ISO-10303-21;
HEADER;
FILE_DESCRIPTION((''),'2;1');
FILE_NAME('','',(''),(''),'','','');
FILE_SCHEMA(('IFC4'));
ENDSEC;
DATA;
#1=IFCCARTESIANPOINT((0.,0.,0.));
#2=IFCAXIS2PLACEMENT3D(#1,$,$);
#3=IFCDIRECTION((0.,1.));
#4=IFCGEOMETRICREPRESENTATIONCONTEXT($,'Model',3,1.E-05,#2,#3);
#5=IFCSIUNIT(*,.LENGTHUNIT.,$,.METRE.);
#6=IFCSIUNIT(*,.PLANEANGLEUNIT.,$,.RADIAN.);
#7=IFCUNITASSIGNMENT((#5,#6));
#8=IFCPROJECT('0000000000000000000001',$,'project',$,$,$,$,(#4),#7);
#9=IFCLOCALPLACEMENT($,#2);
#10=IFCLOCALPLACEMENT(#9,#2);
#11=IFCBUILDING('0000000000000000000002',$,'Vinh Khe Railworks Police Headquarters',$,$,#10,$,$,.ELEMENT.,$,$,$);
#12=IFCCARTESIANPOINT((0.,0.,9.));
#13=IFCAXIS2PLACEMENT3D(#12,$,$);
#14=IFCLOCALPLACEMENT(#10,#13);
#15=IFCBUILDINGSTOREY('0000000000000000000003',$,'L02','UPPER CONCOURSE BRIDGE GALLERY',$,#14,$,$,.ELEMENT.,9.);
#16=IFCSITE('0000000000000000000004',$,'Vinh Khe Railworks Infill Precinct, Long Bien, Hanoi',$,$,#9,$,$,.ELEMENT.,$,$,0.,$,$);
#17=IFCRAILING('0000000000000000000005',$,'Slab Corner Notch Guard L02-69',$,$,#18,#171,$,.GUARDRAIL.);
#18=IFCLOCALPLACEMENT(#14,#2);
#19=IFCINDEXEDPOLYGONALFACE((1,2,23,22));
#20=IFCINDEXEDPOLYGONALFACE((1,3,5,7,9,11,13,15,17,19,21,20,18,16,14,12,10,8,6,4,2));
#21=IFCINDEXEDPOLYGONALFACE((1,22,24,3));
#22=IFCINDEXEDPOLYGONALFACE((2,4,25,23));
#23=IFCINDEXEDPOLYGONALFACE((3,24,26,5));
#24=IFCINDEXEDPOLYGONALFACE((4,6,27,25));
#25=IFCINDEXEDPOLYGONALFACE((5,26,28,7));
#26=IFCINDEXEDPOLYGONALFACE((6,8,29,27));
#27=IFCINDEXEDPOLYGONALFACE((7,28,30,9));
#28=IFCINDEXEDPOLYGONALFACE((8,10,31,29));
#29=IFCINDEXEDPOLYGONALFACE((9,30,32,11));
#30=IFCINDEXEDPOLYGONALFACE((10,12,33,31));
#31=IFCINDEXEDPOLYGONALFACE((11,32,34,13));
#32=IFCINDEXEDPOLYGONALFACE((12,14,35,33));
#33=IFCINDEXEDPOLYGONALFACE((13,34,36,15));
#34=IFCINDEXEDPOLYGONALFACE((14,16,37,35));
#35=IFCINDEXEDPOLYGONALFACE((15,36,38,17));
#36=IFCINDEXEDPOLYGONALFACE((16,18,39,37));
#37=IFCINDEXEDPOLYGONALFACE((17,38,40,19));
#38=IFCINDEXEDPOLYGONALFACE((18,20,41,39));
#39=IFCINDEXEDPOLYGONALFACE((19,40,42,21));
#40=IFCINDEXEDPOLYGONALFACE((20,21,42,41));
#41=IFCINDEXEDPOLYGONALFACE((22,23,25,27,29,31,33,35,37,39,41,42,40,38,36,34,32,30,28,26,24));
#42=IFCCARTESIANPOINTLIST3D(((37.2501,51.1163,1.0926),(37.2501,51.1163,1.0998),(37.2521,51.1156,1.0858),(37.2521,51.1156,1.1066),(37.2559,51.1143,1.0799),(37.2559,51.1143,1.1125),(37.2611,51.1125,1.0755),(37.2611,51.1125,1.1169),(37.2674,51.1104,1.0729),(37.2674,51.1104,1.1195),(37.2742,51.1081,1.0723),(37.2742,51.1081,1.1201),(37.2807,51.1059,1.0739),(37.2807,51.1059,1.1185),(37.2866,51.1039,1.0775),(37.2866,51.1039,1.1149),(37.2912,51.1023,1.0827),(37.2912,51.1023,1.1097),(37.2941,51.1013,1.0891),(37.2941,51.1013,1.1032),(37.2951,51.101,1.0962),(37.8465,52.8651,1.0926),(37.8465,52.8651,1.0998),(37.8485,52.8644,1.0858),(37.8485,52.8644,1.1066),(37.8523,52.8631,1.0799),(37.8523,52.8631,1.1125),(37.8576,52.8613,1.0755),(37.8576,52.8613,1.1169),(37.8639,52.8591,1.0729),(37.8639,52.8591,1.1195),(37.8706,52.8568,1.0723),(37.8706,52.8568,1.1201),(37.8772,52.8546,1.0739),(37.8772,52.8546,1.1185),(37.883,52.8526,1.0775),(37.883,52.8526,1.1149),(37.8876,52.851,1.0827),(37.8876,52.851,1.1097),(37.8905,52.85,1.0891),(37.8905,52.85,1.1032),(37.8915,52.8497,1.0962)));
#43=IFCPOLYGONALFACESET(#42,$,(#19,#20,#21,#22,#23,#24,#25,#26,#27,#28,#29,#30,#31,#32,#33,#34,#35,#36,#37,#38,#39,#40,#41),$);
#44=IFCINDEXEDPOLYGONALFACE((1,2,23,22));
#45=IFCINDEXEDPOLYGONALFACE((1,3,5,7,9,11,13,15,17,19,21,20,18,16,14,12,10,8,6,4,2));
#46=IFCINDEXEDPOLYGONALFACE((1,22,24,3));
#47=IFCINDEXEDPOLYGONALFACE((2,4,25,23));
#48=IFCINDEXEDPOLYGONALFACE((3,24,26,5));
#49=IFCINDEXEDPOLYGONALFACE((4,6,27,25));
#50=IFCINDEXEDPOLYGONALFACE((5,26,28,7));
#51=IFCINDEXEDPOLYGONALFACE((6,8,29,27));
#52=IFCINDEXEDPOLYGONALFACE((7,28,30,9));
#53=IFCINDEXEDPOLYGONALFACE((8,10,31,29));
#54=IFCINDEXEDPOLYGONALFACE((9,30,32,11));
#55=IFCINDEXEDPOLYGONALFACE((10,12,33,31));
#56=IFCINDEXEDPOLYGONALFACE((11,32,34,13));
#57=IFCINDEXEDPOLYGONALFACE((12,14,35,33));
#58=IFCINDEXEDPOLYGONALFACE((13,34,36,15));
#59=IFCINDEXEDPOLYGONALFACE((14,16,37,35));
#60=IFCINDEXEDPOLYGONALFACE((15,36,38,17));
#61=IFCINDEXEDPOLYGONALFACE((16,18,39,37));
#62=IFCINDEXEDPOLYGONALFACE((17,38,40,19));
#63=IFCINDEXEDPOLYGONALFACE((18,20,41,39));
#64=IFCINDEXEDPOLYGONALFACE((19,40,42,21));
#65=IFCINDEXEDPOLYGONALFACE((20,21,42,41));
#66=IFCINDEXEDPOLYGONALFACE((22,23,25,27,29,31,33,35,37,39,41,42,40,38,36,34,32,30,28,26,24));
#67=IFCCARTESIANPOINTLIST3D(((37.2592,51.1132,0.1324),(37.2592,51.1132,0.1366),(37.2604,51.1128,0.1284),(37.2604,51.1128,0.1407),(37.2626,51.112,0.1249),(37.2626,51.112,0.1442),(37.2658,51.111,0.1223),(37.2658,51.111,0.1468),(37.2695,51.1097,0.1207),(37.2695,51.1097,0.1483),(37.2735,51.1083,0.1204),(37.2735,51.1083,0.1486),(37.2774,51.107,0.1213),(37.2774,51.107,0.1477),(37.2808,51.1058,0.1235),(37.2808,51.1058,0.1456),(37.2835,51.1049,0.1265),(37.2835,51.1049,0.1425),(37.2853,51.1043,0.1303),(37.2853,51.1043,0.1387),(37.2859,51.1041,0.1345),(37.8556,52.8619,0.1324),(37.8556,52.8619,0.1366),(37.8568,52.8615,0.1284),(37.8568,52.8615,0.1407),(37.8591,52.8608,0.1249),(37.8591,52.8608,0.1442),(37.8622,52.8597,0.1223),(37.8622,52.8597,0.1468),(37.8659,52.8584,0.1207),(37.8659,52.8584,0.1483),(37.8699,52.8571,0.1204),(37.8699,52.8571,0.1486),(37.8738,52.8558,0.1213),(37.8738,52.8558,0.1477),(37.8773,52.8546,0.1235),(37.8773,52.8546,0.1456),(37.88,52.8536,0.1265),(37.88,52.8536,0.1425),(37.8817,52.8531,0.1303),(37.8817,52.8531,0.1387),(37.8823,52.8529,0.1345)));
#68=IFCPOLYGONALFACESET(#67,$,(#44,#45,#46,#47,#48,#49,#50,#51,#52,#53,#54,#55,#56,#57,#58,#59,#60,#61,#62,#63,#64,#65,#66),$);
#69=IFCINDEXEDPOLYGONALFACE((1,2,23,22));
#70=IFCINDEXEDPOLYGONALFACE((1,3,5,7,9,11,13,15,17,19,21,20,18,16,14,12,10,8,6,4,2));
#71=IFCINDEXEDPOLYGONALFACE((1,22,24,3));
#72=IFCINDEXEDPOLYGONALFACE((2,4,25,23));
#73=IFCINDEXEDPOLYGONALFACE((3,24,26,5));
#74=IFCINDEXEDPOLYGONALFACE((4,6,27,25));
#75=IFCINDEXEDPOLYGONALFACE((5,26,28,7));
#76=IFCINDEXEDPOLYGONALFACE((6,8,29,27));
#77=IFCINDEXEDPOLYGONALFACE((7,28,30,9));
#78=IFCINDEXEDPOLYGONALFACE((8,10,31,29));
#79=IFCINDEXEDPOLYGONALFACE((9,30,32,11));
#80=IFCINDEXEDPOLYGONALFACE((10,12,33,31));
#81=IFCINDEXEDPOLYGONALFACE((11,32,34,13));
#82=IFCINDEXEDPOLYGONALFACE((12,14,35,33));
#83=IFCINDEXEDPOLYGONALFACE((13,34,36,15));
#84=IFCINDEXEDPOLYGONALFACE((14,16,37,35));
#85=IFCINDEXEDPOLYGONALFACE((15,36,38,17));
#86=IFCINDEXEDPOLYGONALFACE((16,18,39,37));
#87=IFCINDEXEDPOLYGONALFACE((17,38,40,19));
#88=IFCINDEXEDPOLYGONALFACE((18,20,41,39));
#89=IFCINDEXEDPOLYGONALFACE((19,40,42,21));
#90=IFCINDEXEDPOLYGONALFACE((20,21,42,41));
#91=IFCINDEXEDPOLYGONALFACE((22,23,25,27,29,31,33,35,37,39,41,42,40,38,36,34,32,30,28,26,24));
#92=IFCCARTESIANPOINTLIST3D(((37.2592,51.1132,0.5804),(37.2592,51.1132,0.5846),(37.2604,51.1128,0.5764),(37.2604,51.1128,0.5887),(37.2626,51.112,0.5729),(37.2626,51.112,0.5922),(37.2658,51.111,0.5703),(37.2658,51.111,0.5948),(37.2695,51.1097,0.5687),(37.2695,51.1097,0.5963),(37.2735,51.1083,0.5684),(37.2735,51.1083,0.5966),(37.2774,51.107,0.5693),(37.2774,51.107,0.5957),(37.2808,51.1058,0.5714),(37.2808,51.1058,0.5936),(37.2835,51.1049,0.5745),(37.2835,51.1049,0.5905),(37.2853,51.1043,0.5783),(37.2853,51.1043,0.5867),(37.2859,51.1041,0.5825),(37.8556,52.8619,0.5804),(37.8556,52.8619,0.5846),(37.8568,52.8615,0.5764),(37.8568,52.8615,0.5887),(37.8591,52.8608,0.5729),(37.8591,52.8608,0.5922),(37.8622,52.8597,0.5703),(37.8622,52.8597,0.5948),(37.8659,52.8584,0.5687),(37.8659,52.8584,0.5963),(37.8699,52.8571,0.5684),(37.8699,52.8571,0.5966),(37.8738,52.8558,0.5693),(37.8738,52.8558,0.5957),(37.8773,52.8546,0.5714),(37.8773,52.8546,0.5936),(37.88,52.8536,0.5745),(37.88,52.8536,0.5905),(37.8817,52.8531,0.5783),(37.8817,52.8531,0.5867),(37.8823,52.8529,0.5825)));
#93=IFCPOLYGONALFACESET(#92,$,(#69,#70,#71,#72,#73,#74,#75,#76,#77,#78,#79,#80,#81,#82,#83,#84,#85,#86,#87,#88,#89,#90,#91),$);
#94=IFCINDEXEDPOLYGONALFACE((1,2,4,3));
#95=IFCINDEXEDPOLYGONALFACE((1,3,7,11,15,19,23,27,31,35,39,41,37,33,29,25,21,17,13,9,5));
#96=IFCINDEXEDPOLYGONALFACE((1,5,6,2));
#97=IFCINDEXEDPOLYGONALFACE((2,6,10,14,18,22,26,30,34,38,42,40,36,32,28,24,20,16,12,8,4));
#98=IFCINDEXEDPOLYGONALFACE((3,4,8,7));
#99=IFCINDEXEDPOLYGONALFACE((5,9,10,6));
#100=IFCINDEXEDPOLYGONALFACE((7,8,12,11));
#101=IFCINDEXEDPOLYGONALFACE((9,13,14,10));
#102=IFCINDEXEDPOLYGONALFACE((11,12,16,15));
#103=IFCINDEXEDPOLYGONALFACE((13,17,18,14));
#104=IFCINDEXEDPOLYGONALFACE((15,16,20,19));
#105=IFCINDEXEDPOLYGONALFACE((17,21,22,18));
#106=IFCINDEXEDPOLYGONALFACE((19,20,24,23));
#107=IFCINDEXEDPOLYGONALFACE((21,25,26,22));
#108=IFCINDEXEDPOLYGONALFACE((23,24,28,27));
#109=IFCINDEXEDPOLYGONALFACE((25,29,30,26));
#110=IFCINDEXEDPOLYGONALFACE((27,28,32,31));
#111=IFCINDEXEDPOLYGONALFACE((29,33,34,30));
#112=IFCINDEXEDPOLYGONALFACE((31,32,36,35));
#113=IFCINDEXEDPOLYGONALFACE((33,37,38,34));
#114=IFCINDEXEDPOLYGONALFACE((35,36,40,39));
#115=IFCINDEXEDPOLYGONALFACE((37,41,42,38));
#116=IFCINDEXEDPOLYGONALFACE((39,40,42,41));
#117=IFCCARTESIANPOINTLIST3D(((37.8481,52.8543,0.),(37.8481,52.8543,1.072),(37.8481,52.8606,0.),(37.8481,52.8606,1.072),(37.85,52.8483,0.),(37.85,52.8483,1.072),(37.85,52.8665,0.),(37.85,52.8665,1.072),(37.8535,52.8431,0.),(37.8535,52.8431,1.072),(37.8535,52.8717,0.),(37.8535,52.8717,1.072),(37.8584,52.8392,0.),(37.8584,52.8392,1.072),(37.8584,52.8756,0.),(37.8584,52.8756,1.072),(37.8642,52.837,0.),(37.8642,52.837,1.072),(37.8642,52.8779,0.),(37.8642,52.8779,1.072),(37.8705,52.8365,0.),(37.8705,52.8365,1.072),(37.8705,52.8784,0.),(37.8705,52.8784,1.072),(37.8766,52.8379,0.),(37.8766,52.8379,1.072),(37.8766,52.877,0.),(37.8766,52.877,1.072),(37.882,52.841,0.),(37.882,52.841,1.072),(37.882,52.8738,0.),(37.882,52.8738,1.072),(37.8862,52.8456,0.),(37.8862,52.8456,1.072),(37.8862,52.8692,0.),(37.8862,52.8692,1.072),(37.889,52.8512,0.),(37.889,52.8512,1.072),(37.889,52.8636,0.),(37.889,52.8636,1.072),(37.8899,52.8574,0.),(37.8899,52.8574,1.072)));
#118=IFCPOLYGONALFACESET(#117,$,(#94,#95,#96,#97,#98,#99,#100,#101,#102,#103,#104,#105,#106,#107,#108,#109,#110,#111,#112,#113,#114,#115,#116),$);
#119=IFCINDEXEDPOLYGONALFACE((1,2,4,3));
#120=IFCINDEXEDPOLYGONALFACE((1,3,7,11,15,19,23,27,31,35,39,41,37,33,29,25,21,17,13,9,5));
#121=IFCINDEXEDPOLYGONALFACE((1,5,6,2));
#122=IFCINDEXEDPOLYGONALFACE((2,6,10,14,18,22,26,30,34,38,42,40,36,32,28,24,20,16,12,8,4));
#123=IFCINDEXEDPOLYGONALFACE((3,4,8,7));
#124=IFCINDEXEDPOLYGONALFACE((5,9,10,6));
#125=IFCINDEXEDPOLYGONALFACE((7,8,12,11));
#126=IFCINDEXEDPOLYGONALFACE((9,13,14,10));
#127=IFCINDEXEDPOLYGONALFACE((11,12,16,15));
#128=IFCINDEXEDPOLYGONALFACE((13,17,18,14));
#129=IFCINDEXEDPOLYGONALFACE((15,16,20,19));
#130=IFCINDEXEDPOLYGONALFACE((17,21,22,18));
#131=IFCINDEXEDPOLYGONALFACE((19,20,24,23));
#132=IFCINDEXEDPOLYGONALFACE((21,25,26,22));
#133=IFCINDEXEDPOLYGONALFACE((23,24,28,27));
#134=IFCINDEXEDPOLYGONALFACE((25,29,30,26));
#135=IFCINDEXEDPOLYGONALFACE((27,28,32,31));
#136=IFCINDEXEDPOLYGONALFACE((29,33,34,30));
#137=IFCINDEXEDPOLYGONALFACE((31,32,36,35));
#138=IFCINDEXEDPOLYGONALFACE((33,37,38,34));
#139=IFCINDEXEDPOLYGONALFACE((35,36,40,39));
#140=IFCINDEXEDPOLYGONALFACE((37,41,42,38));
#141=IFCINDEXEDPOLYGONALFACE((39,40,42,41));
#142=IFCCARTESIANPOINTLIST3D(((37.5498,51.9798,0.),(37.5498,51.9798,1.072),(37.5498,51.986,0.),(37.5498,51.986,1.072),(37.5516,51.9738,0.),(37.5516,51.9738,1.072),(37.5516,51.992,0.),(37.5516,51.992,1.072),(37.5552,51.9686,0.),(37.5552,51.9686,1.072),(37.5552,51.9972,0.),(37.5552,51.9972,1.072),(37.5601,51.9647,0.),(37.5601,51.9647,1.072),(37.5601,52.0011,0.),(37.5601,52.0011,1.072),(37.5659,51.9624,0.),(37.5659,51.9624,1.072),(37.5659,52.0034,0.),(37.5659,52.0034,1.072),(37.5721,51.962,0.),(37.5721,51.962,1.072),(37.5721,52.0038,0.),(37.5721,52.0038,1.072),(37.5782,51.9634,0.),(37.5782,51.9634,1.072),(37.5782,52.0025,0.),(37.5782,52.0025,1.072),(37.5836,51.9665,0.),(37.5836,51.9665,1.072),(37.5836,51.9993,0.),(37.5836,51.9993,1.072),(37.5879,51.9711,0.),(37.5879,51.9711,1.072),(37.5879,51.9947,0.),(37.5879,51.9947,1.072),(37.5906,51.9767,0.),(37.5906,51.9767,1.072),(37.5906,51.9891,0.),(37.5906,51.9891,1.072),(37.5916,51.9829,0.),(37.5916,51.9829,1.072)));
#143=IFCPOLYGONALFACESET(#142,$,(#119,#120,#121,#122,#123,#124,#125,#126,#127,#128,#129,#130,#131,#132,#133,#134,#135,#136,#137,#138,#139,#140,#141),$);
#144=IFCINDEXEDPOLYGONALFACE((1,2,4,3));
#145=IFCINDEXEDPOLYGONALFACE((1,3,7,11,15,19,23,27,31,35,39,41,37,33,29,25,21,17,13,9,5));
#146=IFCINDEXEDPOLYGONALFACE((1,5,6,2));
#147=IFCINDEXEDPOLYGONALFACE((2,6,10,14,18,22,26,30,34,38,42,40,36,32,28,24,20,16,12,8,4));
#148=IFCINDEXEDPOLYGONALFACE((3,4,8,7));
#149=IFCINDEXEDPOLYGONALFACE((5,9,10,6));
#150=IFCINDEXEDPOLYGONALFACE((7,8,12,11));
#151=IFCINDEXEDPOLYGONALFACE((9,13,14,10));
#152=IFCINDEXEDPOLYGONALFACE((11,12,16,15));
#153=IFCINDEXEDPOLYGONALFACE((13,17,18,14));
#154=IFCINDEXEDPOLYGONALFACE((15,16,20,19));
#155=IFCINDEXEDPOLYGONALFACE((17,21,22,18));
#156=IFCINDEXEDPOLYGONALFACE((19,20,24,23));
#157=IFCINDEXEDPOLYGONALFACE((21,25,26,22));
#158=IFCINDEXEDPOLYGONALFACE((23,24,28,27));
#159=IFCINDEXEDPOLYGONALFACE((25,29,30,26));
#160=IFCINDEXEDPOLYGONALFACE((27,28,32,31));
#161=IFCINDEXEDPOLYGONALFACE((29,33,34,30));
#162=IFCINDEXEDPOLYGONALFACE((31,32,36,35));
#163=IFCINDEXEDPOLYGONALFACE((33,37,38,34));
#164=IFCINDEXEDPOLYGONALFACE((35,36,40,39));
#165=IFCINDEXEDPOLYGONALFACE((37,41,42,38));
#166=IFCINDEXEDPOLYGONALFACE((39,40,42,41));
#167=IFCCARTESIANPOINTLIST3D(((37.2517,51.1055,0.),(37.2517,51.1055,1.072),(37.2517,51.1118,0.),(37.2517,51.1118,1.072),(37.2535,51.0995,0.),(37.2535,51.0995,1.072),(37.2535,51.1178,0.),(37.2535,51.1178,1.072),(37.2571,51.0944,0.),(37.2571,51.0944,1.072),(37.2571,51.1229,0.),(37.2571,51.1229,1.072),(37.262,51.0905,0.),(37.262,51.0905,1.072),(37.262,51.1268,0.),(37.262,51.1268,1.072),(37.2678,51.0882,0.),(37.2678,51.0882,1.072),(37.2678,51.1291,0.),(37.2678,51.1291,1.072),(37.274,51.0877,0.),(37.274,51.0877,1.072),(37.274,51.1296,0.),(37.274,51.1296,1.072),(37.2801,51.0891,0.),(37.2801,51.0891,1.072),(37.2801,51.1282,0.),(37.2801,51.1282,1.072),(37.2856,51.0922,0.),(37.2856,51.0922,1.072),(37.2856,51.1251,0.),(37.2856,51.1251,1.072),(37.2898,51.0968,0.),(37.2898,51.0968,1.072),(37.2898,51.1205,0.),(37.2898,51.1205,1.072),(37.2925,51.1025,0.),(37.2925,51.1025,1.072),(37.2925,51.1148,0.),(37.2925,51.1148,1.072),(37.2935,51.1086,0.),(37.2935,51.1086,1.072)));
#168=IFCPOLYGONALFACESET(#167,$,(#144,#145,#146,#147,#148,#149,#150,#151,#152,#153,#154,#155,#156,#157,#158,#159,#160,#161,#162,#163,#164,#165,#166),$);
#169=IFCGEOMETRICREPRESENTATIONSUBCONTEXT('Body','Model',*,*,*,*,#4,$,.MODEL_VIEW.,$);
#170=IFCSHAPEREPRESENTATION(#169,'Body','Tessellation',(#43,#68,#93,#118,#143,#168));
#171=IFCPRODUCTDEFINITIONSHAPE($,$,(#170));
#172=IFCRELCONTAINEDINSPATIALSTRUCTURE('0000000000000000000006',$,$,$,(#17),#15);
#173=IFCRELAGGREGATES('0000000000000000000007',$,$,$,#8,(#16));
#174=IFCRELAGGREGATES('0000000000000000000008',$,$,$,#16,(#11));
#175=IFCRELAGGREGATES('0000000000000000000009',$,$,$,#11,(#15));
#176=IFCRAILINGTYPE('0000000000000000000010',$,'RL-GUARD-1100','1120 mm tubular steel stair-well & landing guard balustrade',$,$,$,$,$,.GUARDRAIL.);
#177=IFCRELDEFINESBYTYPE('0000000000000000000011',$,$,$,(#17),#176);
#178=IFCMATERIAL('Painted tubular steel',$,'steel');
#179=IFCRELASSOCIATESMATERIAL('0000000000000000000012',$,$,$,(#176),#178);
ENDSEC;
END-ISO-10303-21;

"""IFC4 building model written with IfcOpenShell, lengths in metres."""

from ifc_helpers import new_model, si_unit, direction, frame, origin, origin_2d, place, context, subcontext, project, spatial, circle, extrude, material, type_object, element, save


model = new_model("IFC4")

# Units and contexts
model_context = context("Model", 3, precision=1e-05, world=origin(), true_north=direction((0.0, 1.0)))
body_context = subcontext(model_context, "Body", "Model", "MODEL_VIEW")
ifc_project = project(units=[si_unit("LENGTHUNIT", "METRE"), si_unit("PLANEANGLEUNIT", "RADIAN")], contexts=[model_context])

# Site, building, storey
site_placement = place(None, origin())
site = spatial("IfcSite", under=ifc_project, at=site_placement, Name="Vinh Khe Railworks Infill Precinct, Long Bien, Hanoi", CompositionType="ELEMENT", RefElevation=0.0)
building_placement = place(site_placement, origin())
building = spatial("IfcBuilding", under=site, at=building_placement, Name="Vinh Khe Railworks Police Headquarters", CompositionType="ELEMENT")
storey_placement = place(building_placement, frame((0.0, 0.0, 9.0)))
storey = spatial("IfcBuildingStorey", under=building, at=storey_placement, Name="L02", Description="UPPER CONCOURSE BRIDGE GALLERY", CompositionType="ELEMENT", Elevation=9.0)

# Railing
ifc_material_1 = material(Name="Painted tubular steel", Category="steel")
railing_type = type_object("IfcRailingType", Name="RL-GUARD-1100", Description="1120 mm tubular steel stair-well & landing guard balustrade", PredefinedType="GUARDRAIL", material=ifc_material_1)
railing_placement = place(storey_placement, frame((37.8689, 52.8574, 0.0)))
element("IfcRailing", 1, at=railing_placement, inside=storey, type_object=railing_type, Name="Slab Corner Notch Guard L02-69", PredefinedType="GUARDRAIL", context=body_context, shape_type="SweptSolid", body=[
    extrude(circle(Radius=0.0239, at=origin_2d()), frame((0.0, 0.0, 1.0962), z_axis=(-0.3228, -0.946467, 0.0), x_axis=(0.946467, -0.3228, 0.0)), (0.0, 0.0, 1.0), 1.8477),
    extrude(circle(Radius=0.0142, at=origin_2d()), frame((0.0, 0.0, 0.1345), z_axis=(-0.3228, -0.946467, 0.0), x_axis=(0.946467, -0.3228, 0.0)), (0.0, 0.0, 1.0), 1.8477),
    extrude(circle(Radius=0.0142, at=origin_2d()), frame((0.0, 0.0, 0.5825), z_axis=(-0.3228, -0.946467, 0.0), x_axis=(0.946467, -0.3228, 0.0)), (0.0, 0.0, 1.0), 1.8477),
    extrude(circle(Radius=0.021, at=origin_2d()), origin(), (0.0, 0.0, 1.0), 1.072),
    extrude(circle(Radius=0.021, at=origin_2d()), frame((-0.2983, -0.8745, 0.0)), (0.0, 0.0, 1.0), 1.072),
    extrude(circle(Radius=0.021, at=origin_2d()), frame((-0.5964, -1.7488, 0.0)), (0.0, 0.0, 1.0), 1.072),
])

save(model, "model.ifc")
